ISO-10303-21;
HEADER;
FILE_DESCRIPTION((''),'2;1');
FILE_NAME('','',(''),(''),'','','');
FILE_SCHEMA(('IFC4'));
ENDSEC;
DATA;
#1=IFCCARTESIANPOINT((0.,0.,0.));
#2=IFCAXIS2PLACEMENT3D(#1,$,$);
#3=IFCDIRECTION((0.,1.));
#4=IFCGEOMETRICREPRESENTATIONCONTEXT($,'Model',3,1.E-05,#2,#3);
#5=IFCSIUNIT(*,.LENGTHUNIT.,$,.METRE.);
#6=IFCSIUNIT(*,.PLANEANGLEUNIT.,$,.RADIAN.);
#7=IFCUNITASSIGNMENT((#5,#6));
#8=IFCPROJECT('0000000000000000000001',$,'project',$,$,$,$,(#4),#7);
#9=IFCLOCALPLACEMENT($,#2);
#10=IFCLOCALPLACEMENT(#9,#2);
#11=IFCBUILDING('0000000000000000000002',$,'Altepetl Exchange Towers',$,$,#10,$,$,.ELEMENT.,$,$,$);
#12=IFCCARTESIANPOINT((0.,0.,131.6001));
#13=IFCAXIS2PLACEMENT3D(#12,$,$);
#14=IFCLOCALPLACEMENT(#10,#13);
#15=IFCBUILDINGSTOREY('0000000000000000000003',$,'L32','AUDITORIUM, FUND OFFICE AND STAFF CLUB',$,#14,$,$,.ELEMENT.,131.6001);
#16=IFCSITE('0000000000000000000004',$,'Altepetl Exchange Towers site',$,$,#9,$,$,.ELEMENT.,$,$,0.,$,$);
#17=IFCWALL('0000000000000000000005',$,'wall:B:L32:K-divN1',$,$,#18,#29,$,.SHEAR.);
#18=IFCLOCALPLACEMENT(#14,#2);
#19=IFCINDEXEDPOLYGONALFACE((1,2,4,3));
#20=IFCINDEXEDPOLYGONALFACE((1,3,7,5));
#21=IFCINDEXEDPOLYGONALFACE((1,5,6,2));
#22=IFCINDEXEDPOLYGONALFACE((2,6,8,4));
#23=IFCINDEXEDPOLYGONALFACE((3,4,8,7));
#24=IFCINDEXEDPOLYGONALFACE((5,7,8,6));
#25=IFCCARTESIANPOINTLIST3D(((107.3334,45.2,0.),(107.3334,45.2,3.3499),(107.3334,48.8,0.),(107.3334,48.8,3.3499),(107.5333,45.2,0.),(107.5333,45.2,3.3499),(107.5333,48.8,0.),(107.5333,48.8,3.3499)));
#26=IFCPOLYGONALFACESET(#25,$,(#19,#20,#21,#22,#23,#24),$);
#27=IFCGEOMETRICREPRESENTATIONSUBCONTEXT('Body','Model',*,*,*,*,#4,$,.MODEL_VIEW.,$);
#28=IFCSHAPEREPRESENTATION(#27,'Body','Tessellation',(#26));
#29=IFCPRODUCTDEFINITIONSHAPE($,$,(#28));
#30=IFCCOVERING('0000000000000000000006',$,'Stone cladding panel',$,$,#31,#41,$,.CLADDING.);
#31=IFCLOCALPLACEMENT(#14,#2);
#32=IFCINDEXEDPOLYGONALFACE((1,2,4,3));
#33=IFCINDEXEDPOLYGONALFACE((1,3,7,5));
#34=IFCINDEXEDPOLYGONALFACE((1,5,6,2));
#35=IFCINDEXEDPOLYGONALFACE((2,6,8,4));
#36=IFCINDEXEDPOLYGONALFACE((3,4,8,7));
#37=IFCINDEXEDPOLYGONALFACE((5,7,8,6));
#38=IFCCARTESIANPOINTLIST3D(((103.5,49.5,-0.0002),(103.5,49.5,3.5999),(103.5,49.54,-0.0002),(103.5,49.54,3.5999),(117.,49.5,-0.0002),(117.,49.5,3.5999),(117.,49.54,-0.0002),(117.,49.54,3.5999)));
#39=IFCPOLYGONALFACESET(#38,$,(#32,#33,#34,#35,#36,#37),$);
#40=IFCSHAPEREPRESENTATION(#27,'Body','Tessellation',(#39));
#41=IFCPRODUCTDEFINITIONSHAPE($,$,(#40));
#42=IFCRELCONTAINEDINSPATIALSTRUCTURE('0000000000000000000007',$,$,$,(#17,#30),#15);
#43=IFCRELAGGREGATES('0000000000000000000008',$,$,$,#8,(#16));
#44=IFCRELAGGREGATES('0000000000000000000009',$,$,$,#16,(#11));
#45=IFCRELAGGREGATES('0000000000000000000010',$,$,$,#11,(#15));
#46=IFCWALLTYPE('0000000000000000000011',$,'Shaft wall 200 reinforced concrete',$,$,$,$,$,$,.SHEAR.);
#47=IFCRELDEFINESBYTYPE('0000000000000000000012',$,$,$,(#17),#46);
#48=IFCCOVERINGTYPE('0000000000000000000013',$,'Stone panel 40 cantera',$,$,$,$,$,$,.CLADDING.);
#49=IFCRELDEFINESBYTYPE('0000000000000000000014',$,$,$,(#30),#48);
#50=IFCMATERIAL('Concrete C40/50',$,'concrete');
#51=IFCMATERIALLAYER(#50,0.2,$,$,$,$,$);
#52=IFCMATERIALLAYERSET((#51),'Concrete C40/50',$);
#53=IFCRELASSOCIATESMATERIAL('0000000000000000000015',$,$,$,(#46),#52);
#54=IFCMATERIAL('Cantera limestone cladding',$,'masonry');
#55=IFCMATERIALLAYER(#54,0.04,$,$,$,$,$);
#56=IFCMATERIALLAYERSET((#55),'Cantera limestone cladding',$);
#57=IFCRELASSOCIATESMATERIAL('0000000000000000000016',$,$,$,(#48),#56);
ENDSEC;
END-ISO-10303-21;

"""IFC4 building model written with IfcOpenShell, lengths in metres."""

from ifc_helpers import new_model, si_unit, direction, frame, frame_2d, origin, origin_2d, place, context, subcontext, project, spatial, rectangle, extrude, material, layer, layer_set, type_object, element, save


model = new_model("IFC4")

# Units and contexts
model_context = context("Model", 3, precision=1e-05, world=origin(), true_north=direction((0.0, 1.0)))
body_context = subcontext(model_context, "Body", "Model", "MODEL_VIEW")
ifc_project = project(units=[si_unit("LENGTHUNIT", "METRE"), si_unit("PLANEANGLEUNIT", "RADIAN")], contexts=[model_context])

# Site, building, storey
site_placement = place(None, origin())
site = spatial("IfcSite", under=ifc_project, at=site_placement, Name="Altepetl Exchange Towers site", CompositionType="ELEMENT", RefElevation=0.0)
building_placement = place(site_placement, origin())
building = spatial("IfcBuilding", under=site, at=building_placement, Name="Altepetl Exchange Towers", CompositionType="ELEMENT")
storey_placement = place(building_placement, frame((0.0, 0.0, 131.6001)))
storey = spatial("IfcBuildingStorey", under=building, at=storey_placement, Name="L32", Description="AUDITORIUM, FUND OFFICE AND STAFF CLUB", CompositionType="ELEMENT", Elevation=131.6001)

# Wall
ifc_material_1 = material(Name="Concrete C40/50", Category="concrete")
ifc_layer_1 = layer(ifc_material_1, 0.2)
ifc_layer_set_1 = layer_set([ifc_layer_1], Name="Concrete C40/50")
wall_type_1 = type_object("IfcWallType", Name="Shaft wall 200 reinforced concrete", PredefinedType="SHEAR", material=ifc_layer_set_1)
wall_1_placement = place(storey_placement, frame((107.4333, 48.8, 0.0), z_axis=(0.0, 0.0, 1.0), x_axis=(0.0, -1.0, 0.0)))
element("IfcWall", 1, at=wall_1_placement, inside=storey, type_object=wall_type_1, Name="wall:B:L32:K-divN1", PredefinedType="SHEAR", context=body_context, shape_type="SweptSolid", body=[
    extrude(rectangle(XDim=3.6001, YDim=0.2, at=frame_2d((1.8, 0.0))), origin(), (0.0, 0.0, 1.0), 3.3499),
])

# Covering
ifc_material_2 = material(Name="Cantera limestone cladding", Category="masonry")
ifc_layer_2 = layer(ifc_material_2, 0.04)
ifc_layer_set_2 = layer_set([ifc_layer_2], Name="Cantera limestone cladding")
covering_type = type_object("IfcCoveringType", Name="Stone panel 40 cantera", PredefinedType="CLADDING", material=ifc_layer_set_2)
covering_placement = place(storey_placement, frame((110.25, 49.52, -0.0002), z_axis=(0.0, 0.0, 1.0), x_axis=(-1.0, 0.0, 0.0)))
element("IfcCovering", 2, at=covering_placement, inside=storey, type_object=covering_type, Name="Stone cladding panel", PredefinedType="CLADDING", context=body_context, shape_type="SweptSolid", body=[
    extrude(rectangle(XDim=13.5, YDim=0.04, at=origin_2d()), origin(), (0.0, 0.0, 1.0), 3.6001),
])

save(model, "model.ifc")
